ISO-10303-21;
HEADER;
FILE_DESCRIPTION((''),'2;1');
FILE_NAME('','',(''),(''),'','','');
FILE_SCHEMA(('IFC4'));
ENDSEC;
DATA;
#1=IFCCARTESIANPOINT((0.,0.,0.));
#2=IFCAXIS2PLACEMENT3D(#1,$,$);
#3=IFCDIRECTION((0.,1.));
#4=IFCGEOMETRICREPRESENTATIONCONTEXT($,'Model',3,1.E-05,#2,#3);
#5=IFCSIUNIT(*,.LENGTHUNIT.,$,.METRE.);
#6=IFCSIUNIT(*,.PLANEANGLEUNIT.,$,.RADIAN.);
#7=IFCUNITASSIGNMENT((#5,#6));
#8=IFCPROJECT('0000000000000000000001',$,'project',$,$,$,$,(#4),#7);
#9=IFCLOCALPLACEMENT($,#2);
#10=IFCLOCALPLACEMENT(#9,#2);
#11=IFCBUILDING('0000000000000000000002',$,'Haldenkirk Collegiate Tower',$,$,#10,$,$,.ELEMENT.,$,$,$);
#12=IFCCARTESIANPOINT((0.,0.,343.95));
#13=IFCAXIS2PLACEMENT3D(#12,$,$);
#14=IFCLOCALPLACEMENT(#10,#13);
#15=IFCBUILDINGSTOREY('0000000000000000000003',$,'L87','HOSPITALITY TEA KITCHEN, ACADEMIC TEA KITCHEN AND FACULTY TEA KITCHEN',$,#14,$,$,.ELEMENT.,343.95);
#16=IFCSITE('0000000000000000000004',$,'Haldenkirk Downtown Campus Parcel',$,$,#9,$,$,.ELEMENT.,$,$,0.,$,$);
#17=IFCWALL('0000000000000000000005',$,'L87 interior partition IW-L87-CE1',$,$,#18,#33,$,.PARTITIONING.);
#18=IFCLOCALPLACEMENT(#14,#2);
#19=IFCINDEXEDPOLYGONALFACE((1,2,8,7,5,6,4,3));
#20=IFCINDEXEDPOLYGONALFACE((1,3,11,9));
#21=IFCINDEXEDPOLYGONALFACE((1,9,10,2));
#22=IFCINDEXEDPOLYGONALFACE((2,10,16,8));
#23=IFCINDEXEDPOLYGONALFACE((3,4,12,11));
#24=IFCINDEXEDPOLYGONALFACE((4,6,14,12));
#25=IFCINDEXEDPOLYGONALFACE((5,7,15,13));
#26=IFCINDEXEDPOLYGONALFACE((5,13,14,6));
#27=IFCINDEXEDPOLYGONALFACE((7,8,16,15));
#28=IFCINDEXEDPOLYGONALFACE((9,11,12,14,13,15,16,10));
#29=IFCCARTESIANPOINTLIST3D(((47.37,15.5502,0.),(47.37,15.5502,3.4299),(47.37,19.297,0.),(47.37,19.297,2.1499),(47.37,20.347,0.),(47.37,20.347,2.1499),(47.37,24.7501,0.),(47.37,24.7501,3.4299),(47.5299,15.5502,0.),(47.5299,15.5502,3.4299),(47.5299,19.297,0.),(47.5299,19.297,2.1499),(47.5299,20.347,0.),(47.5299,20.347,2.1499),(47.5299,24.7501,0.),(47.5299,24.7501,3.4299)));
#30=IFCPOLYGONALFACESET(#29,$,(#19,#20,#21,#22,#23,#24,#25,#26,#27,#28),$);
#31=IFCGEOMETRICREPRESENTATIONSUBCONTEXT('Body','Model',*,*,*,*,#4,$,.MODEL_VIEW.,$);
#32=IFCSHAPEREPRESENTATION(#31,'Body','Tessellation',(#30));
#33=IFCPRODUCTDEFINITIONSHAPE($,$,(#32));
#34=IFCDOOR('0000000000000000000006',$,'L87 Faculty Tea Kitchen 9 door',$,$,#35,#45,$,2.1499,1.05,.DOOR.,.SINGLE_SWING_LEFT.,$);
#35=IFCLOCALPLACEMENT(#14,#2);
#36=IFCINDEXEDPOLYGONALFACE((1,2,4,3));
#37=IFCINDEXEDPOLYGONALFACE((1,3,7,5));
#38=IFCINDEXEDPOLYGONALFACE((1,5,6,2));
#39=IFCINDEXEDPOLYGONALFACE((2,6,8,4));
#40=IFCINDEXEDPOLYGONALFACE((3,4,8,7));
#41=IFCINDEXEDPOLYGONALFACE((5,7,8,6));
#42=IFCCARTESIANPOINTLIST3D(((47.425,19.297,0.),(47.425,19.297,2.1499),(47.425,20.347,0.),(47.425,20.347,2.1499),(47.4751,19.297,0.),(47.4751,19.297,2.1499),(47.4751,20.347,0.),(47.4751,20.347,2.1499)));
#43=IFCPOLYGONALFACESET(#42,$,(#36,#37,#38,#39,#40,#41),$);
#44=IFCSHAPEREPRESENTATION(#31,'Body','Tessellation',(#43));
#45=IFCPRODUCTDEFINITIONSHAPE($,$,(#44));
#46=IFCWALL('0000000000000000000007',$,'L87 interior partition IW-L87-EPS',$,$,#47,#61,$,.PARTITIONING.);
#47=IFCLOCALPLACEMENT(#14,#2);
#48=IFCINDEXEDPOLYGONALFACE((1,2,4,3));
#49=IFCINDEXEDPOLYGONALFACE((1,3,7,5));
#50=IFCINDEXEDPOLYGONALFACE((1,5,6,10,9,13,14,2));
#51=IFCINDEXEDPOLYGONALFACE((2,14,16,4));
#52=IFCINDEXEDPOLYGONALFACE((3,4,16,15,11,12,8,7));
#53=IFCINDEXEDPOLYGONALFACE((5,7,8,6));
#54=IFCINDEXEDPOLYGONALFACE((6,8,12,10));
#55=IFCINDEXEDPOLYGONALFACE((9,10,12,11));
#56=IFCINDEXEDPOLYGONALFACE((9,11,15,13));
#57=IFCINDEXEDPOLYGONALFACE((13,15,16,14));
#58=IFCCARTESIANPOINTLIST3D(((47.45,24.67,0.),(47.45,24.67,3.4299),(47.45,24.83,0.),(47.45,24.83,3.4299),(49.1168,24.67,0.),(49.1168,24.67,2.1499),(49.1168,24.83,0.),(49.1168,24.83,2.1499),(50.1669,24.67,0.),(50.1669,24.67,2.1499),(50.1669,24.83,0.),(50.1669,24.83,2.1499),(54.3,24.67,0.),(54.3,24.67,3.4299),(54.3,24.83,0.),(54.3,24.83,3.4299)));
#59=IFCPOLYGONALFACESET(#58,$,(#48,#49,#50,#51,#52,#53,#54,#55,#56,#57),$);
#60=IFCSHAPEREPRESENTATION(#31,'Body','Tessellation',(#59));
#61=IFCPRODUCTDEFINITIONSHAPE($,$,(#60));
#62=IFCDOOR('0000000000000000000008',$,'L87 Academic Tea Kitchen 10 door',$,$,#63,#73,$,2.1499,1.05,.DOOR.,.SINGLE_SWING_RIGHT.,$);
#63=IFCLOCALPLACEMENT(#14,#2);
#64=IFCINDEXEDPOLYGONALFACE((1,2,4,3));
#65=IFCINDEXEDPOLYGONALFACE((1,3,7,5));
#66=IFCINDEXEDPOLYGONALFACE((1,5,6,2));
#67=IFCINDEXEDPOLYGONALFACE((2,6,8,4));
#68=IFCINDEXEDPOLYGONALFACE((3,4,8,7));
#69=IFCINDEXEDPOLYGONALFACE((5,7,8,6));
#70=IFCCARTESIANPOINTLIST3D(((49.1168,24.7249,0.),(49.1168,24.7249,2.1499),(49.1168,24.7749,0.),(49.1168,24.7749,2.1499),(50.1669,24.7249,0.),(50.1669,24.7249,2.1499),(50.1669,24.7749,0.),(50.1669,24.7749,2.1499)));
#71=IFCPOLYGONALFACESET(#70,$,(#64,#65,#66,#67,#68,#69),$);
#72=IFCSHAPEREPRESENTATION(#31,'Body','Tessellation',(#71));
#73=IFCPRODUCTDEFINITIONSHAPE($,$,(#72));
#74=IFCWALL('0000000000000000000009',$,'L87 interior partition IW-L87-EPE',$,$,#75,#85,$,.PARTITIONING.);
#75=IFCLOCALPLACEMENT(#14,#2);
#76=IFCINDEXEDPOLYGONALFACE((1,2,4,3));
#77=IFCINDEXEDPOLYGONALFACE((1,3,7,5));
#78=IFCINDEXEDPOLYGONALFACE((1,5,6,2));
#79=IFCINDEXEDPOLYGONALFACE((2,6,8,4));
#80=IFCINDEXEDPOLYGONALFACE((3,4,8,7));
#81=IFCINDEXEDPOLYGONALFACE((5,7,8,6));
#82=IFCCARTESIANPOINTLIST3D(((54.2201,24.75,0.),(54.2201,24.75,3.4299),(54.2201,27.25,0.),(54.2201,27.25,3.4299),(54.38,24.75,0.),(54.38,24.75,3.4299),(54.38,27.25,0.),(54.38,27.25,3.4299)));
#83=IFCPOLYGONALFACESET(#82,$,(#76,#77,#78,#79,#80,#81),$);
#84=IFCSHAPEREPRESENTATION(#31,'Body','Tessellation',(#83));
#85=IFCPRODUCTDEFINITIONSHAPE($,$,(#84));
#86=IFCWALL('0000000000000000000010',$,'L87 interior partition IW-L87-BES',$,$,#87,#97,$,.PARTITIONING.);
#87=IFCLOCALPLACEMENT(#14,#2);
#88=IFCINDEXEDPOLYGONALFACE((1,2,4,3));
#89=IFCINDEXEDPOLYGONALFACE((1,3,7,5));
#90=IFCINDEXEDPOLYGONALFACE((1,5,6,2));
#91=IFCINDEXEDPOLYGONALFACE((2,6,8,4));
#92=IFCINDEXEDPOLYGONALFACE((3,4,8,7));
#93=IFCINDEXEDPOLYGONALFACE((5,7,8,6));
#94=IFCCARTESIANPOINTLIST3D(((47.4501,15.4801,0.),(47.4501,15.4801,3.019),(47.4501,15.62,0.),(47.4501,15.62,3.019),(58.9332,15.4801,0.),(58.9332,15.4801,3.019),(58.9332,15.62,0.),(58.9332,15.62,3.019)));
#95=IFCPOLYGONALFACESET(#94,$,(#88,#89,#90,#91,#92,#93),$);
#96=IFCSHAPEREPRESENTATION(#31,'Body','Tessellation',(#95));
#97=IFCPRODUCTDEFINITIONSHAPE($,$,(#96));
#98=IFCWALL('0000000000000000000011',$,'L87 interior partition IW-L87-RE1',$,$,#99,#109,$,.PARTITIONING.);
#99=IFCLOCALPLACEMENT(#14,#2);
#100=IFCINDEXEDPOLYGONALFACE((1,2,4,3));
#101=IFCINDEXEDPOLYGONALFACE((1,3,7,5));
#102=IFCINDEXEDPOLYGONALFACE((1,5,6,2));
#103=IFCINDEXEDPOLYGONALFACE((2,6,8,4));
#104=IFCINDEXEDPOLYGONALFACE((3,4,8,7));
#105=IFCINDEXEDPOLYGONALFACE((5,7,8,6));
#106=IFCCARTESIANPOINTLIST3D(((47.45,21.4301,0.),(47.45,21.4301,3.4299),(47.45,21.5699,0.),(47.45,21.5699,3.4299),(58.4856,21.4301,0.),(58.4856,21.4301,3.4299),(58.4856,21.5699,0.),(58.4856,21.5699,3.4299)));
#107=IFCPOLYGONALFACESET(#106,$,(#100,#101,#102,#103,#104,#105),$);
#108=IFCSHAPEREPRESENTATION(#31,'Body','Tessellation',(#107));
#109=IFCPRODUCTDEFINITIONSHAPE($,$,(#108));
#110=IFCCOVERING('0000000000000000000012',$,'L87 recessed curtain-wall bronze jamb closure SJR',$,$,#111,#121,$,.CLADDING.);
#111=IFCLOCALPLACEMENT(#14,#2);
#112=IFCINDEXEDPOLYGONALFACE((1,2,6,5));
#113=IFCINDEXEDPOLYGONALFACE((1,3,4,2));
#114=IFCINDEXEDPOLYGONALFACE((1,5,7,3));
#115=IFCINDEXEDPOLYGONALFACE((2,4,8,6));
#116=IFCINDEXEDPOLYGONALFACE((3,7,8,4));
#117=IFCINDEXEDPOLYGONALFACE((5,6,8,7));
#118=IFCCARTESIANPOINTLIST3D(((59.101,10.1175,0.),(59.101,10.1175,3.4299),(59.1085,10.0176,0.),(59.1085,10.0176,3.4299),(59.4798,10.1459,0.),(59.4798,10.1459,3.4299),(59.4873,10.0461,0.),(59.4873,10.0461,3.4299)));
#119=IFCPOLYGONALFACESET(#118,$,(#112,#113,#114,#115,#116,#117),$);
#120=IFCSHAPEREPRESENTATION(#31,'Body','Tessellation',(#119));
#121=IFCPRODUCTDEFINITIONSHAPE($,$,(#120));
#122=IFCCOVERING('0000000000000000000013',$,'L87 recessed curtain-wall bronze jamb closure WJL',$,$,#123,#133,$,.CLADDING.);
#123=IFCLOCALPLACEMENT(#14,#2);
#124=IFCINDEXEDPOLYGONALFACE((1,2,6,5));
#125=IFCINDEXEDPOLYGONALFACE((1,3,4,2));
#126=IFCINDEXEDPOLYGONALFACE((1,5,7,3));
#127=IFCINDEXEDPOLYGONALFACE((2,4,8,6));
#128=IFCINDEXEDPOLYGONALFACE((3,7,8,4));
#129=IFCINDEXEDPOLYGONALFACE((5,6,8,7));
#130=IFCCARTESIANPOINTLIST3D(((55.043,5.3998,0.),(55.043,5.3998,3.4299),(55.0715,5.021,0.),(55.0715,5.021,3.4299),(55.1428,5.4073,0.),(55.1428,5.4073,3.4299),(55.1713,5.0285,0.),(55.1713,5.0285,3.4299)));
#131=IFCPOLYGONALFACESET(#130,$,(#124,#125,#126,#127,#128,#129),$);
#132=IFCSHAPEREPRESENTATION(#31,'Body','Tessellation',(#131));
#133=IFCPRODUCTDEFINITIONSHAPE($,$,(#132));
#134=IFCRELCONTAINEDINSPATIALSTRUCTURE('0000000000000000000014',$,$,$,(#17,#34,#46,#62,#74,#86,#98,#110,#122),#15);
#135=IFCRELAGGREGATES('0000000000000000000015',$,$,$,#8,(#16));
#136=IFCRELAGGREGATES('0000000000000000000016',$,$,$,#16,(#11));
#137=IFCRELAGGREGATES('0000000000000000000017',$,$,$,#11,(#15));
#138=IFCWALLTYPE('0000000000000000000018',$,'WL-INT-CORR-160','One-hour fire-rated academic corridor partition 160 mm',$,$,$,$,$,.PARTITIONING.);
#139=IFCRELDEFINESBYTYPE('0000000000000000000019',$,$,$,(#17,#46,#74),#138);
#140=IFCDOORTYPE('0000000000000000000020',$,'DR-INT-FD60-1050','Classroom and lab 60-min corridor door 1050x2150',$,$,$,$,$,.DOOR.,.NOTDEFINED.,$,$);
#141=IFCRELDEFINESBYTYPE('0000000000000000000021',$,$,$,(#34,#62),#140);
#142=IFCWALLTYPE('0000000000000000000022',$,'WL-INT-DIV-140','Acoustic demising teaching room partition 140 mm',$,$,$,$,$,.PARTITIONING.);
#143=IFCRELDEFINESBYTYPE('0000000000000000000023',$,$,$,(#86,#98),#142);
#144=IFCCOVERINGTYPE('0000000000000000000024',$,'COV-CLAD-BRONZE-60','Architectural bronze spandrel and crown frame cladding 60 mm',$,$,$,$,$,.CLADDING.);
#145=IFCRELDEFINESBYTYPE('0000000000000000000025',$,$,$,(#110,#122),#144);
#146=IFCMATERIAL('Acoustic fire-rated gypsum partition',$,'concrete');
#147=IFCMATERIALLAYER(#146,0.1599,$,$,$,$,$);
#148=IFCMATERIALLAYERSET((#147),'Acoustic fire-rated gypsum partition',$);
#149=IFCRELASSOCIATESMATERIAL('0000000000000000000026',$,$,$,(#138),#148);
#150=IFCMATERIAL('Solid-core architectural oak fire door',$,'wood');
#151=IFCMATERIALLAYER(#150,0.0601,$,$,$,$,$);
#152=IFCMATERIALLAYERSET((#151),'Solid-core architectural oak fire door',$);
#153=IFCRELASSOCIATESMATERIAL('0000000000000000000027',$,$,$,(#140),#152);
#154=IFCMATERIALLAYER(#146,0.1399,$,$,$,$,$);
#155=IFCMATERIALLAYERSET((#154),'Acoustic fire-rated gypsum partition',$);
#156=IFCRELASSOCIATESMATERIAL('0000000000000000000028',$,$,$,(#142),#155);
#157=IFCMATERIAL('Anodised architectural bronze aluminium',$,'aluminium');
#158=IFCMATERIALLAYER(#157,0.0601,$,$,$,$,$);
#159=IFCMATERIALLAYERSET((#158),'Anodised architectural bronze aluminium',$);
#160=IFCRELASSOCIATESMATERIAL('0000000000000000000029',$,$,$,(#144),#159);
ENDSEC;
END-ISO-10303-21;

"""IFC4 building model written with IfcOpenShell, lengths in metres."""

from ifc_helpers import new_model, si_unit, direction, frame, frame_2d, origin, origin_2d, place, context, subcontext, project, spatial, rectangle, extrude, source, transform, mapped, material, layer, layer_set, type_object, element, fill, save


model = new_model("IFC4")

# Units and contexts
model_context = context("Model", 3, precision=1e-05, world=origin(), true_north=direction((0.0, 1.0)))
body_context = subcontext(model_context, "Body", "Model", "MODEL_VIEW")
ifc_project = project(units=[si_unit("LENGTHUNIT", "METRE"), si_unit("PLANEANGLEUNIT", "RADIAN")], contexts=[model_context])

# Site, building, storey
site_placement = place(None, origin())
site = spatial("IfcSite", under=ifc_project, at=site_placement, Name="Haldenkirk Downtown Campus Parcel", CompositionType="ELEMENT", RefElevation=0.0)
building_placement = place(site_placement, origin())
building = spatial("IfcBuilding", under=site, at=building_placement, Name="Haldenkirk Collegiate Tower", CompositionType="ELEMENT")
storey_placement = place(building_placement, frame((0.0, 0.0, 343.95)))
storey = spatial("IfcBuildingStorey", under=building, at=storey_placement, Name="L87", Description="HOSPITALITY TEA KITCHEN, ACADEMIC TEA KITCHEN AND FACULTY TEA KITCHEN", CompositionType="ELEMENT", Elevation=343.95)

# Shared definitions
ifc_material_1 = material(Name="Anodised architectural bronze aluminium", Category="aluminium")

# Walls, openings, doors
ifc_material_2 = material(Name="Acoustic fire-rated gypsum partition", Category="concrete")
ifc_layer_1 = layer(ifc_material_2, 0.1599)
ifc_layer_set_1 = layer_set([ifc_layer_1], Name="Acoustic fire-rated gypsum partition")
wall_type_1 = type_object("IfcWallType", Name="WL-INT-CORR-160", Description="One-hour fire-rated academic corridor partition 160 mm", PredefinedType="PARTITIONING", material=ifc_layer_set_1)
wall_1_placement = place(storey_placement, frame((47.45, 15.55, 0.0), z_axis=(0.0, 0.0, 1.0), x_axis=(0.0, 1.0, 0.0)))
wall_1 = element("IfcWall", 1, at=wall_1_placement, inside=storey, type_object=wall_type_1, Name="L87 interior partition IW-L87-CE1", PredefinedType="PARTITIONING", context=body_context, shape_type="SweptSolid", body=[
    extrude(rectangle(XDim=9.2, YDim=0.1599, at=frame_2d((4.6001, 0.0))), origin(), (0.0, 0.0, 1.0), 3.4299),
])
opening_1_placement = place(wall_1_placement, frame((3.7471, 0.0, 0.0)))
opening_1 = element("IfcOpeningElement", 2, at=opening_1_placement, cuts=wall_1, PredefinedType="OPENING", context=body_context, shape_type="SweptSolid", body=[
    extrude(rectangle(XDim=1.05, YDim=2.1499, at=frame_2d((0.5249, 1.075))), frame((0.0, 0.0898, 0.0), z_axis=(0.0, -1.0, 0.0), x_axis=(1.0, 0.0, 0.0)), (0.0, 0.0, 1.0), 0.1799),
])
ifc_material_3 = material(Name="Solid-core architectural oak fire door", Category="wood")
ifc_layer_2 = layer(ifc_material_3, 0.0601)
ifc_layer_set_2 = layer_set([ifc_layer_2], Name="Solid-core architectural oak fire door")
door_type = type_object("IfcDoorType", Name="DR-INT-FD60-1050", Description="Classroom and lab 60-min corridor door 1050x2150", OperationType="NOTDEFINED", PredefinedType="DOOR", material=ifc_layer_set_2)
door_1_placement = place(opening_1_placement, origin())
door_1 = element("IfcDoor", 3, at=door_1_placement, inside=storey, type_object=door_type, Name="L87 Faculty Tea Kitchen 9 door", OperationType="SINGLE_SWING_LEFT", OverallHeight=2.1499, OverallWidth=1.05, PredefinedType="DOOR", context=body_context, shape_type="SweptSolid", body=[
    extrude(rectangle(XDim=1.05, YDim=2.1499, at=frame_2d((0.5249, 1.075))), frame((0.0, 0.0249, 0.0), z_axis=(0.0, -1.0, 0.0), x_axis=(1.0, 0.0, 0.0)), (0.0, 0.0, 1.0), 0.05),
])
fill(opening_1, door_1)
wall_2_placement = place(storey_placement, frame((47.45, 24.75, 0.0), z_axis=(0.0, 0.0, 1.0), x_axis=(1.0, 0.0, 0.0)))
wall_2 = element("IfcWall", 4, at=wall_2_placement, inside=storey, type_object=wall_type_1, Name="L87 interior partition IW-L87-EPS", PredefinedType="PARTITIONING", context=body_context, shape_type="SweptSolid", body=[
    extrude(rectangle(XDim=6.8501, YDim=0.1599, at=frame_2d((3.425, 0.0))), origin(), (0.0, 0.0, 1.0), 3.4299),
])
opening_2_placement = place(wall_2_placement, frame((1.667, 0.0, 0.0)))
opening_2 = element("IfcOpeningElement", 5, at=opening_2_placement, cuts=wall_2, PredefinedType="OPENING", context=body_context, shape_type="SweptSolid", body=[
    extrude(rectangle(XDim=1.05, YDim=2.1499, at=frame_2d((0.5249, 1.075))), frame((0.0, 0.0898, 0.0), z_axis=(0.0, -1.0, 0.0), x_axis=(1.0, 0.0, 0.0)), (0.0, 0.0, 1.0), 0.1799),
])
door_2_placement = place(opening_2_placement, origin())
door_2 = element("IfcDoor", 6, at=door_2_placement, inside=storey, type_object=door_type, Name="L87 Academic Tea Kitchen 10 door", OperationType="SINGLE_SWING_RIGHT", OverallHeight=2.1499, OverallWidth=1.05, PredefinedType="DOOR", context=body_context, shape_type="SweptSolid", body=[
    extrude(rectangle(XDim=1.05, YDim=2.1499, at=frame_2d((0.5249, 1.075))), frame((0.0, 0.0249, 0.0), z_axis=(0.0, -1.0, 0.0), x_axis=(1.0, 0.0, 0.0)), (0.0, 0.0, 1.0), 0.05),
])
fill(opening_2, door_2)

# Walls
wall_3_placement = place(storey_placement, frame((54.3, 24.75, 0.0), z_axis=(0.0, 0.0, 1.0), x_axis=(0.0, 1.0, 0.0)))
element("IfcWall", 7, at=wall_3_placement, inside=storey, type_object=wall_type_1, Name="L87 interior partition IW-L87-EPE", PredefinedType="PARTITIONING", context=body_context, shape_type="SweptSolid", body=[
    extrude(rectangle(XDim=2.5, YDim=0.1599, at=frame_2d((1.25, 0.0))), origin(), (0.0, 0.0, 1.0), 3.4299),
])
ifc_layer_3 = layer(ifc_material_2, 0.1399)
ifc_layer_set_3 = layer_set([ifc_layer_3], Name="Acoustic fire-rated gypsum partition")
wall_type_2 = type_object("IfcWallType", Name="WL-INT-DIV-140", Description="Acoustic demising teaching room partition 140 mm", PredefinedType="PARTITIONING", material=ifc_layer_set_3)
wall_4_placement = place(storey_placement, frame((47.45, 15.55, 0.0), z_axis=(0.0, 0.0, 1.0), x_axis=(1.0, 0.0, 0.0)))
element("IfcWall", 8, at=wall_4_placement, inside=storey, type_object=wall_type_2, Name="L87 interior partition IW-L87-BES", PredefinedType="PARTITIONING", context=body_context, shape_type="SweptSolid", body=[
    extrude(rectangle(XDim=11.4832, YDim=0.1399, at=frame_2d((5.7417, 0.0))), origin(), (0.0, 0.0, 1.0), 3.019),
])
wall_5_placement = place(storey_placement, frame((47.45, 21.5, 0.0), z_axis=(0.0, 0.0, 1.0), x_axis=(1.0, 0.0, 0.0)))
element("IfcWall", 9, at=wall_5_placement, inside=storey, type_object=wall_type_2, Name="L87 interior partition IW-L87-RE1", PredefinedType="PARTITIONING", context=body_context, shape_type="SweptSolid", body=[
    extrude(rectangle(XDim=11.0356, YDim=0.1399, at=frame_2d((5.5178, 0.0))), origin(), (0.0, 0.0, 1.0), 3.4299),
])

# Coverings
ifc_layer_4 = layer(ifc_material_1, 0.0601)
ifc_layer_set_4 = layer_set([ifc_layer_4], Name="Anodised architectural bronze aluminium")
covering_type = type_object("IfcCoveringType", Name="COV-CLAD-BRONZE-60", Description="Architectural bronze spandrel and crown frame cladding 60 mm", PredefinedType="CLADDING", material=ifc_layer_set_4)
shared_shape_1 = source(origin(), body_context, "Body", "SweptSolid", [
    extrude(rectangle(XDim=0.1001, YDim=0.3799, at=origin_2d()), origin(), (0.0, 0.0, 1.0), 3.4299),
])
for number, where, z_axis, x_axis, name in (
    (10, (59.2942, 10.0818, 0.0), (0.0, 0.0, 1.0), (0.074979, -0.997185, 0.0), "L87 recessed curtain-wall bronze jamb closure SJR"),
    (11, (55.1072, 5.2141, 0.0), (0.0, 0.0, 1.0), (-0.997185, -0.074979, 0.0), "L87 recessed curtain-wall bronze jamb closure WJL"),
):
    element("IfcCovering", number, at=place(storey_placement, frame(where, z_axis=z_axis, x_axis=x_axis)), inside=storey, type_object=covering_type, Name=name, PredefinedType="CLADDING", context=body_context, shape_type="MappedRepresentation", body=[
        mapped(shared_shape_1, transform((0.0, 0.0, 0.0), x_axis=(1.0, 0.0, 0.0), y_axis=(0.0, 1.0, 0.0), z_axis=(0.0, 0.0, 1.0), scale=1.0)),
    ])

save(model, "model.ifc")
